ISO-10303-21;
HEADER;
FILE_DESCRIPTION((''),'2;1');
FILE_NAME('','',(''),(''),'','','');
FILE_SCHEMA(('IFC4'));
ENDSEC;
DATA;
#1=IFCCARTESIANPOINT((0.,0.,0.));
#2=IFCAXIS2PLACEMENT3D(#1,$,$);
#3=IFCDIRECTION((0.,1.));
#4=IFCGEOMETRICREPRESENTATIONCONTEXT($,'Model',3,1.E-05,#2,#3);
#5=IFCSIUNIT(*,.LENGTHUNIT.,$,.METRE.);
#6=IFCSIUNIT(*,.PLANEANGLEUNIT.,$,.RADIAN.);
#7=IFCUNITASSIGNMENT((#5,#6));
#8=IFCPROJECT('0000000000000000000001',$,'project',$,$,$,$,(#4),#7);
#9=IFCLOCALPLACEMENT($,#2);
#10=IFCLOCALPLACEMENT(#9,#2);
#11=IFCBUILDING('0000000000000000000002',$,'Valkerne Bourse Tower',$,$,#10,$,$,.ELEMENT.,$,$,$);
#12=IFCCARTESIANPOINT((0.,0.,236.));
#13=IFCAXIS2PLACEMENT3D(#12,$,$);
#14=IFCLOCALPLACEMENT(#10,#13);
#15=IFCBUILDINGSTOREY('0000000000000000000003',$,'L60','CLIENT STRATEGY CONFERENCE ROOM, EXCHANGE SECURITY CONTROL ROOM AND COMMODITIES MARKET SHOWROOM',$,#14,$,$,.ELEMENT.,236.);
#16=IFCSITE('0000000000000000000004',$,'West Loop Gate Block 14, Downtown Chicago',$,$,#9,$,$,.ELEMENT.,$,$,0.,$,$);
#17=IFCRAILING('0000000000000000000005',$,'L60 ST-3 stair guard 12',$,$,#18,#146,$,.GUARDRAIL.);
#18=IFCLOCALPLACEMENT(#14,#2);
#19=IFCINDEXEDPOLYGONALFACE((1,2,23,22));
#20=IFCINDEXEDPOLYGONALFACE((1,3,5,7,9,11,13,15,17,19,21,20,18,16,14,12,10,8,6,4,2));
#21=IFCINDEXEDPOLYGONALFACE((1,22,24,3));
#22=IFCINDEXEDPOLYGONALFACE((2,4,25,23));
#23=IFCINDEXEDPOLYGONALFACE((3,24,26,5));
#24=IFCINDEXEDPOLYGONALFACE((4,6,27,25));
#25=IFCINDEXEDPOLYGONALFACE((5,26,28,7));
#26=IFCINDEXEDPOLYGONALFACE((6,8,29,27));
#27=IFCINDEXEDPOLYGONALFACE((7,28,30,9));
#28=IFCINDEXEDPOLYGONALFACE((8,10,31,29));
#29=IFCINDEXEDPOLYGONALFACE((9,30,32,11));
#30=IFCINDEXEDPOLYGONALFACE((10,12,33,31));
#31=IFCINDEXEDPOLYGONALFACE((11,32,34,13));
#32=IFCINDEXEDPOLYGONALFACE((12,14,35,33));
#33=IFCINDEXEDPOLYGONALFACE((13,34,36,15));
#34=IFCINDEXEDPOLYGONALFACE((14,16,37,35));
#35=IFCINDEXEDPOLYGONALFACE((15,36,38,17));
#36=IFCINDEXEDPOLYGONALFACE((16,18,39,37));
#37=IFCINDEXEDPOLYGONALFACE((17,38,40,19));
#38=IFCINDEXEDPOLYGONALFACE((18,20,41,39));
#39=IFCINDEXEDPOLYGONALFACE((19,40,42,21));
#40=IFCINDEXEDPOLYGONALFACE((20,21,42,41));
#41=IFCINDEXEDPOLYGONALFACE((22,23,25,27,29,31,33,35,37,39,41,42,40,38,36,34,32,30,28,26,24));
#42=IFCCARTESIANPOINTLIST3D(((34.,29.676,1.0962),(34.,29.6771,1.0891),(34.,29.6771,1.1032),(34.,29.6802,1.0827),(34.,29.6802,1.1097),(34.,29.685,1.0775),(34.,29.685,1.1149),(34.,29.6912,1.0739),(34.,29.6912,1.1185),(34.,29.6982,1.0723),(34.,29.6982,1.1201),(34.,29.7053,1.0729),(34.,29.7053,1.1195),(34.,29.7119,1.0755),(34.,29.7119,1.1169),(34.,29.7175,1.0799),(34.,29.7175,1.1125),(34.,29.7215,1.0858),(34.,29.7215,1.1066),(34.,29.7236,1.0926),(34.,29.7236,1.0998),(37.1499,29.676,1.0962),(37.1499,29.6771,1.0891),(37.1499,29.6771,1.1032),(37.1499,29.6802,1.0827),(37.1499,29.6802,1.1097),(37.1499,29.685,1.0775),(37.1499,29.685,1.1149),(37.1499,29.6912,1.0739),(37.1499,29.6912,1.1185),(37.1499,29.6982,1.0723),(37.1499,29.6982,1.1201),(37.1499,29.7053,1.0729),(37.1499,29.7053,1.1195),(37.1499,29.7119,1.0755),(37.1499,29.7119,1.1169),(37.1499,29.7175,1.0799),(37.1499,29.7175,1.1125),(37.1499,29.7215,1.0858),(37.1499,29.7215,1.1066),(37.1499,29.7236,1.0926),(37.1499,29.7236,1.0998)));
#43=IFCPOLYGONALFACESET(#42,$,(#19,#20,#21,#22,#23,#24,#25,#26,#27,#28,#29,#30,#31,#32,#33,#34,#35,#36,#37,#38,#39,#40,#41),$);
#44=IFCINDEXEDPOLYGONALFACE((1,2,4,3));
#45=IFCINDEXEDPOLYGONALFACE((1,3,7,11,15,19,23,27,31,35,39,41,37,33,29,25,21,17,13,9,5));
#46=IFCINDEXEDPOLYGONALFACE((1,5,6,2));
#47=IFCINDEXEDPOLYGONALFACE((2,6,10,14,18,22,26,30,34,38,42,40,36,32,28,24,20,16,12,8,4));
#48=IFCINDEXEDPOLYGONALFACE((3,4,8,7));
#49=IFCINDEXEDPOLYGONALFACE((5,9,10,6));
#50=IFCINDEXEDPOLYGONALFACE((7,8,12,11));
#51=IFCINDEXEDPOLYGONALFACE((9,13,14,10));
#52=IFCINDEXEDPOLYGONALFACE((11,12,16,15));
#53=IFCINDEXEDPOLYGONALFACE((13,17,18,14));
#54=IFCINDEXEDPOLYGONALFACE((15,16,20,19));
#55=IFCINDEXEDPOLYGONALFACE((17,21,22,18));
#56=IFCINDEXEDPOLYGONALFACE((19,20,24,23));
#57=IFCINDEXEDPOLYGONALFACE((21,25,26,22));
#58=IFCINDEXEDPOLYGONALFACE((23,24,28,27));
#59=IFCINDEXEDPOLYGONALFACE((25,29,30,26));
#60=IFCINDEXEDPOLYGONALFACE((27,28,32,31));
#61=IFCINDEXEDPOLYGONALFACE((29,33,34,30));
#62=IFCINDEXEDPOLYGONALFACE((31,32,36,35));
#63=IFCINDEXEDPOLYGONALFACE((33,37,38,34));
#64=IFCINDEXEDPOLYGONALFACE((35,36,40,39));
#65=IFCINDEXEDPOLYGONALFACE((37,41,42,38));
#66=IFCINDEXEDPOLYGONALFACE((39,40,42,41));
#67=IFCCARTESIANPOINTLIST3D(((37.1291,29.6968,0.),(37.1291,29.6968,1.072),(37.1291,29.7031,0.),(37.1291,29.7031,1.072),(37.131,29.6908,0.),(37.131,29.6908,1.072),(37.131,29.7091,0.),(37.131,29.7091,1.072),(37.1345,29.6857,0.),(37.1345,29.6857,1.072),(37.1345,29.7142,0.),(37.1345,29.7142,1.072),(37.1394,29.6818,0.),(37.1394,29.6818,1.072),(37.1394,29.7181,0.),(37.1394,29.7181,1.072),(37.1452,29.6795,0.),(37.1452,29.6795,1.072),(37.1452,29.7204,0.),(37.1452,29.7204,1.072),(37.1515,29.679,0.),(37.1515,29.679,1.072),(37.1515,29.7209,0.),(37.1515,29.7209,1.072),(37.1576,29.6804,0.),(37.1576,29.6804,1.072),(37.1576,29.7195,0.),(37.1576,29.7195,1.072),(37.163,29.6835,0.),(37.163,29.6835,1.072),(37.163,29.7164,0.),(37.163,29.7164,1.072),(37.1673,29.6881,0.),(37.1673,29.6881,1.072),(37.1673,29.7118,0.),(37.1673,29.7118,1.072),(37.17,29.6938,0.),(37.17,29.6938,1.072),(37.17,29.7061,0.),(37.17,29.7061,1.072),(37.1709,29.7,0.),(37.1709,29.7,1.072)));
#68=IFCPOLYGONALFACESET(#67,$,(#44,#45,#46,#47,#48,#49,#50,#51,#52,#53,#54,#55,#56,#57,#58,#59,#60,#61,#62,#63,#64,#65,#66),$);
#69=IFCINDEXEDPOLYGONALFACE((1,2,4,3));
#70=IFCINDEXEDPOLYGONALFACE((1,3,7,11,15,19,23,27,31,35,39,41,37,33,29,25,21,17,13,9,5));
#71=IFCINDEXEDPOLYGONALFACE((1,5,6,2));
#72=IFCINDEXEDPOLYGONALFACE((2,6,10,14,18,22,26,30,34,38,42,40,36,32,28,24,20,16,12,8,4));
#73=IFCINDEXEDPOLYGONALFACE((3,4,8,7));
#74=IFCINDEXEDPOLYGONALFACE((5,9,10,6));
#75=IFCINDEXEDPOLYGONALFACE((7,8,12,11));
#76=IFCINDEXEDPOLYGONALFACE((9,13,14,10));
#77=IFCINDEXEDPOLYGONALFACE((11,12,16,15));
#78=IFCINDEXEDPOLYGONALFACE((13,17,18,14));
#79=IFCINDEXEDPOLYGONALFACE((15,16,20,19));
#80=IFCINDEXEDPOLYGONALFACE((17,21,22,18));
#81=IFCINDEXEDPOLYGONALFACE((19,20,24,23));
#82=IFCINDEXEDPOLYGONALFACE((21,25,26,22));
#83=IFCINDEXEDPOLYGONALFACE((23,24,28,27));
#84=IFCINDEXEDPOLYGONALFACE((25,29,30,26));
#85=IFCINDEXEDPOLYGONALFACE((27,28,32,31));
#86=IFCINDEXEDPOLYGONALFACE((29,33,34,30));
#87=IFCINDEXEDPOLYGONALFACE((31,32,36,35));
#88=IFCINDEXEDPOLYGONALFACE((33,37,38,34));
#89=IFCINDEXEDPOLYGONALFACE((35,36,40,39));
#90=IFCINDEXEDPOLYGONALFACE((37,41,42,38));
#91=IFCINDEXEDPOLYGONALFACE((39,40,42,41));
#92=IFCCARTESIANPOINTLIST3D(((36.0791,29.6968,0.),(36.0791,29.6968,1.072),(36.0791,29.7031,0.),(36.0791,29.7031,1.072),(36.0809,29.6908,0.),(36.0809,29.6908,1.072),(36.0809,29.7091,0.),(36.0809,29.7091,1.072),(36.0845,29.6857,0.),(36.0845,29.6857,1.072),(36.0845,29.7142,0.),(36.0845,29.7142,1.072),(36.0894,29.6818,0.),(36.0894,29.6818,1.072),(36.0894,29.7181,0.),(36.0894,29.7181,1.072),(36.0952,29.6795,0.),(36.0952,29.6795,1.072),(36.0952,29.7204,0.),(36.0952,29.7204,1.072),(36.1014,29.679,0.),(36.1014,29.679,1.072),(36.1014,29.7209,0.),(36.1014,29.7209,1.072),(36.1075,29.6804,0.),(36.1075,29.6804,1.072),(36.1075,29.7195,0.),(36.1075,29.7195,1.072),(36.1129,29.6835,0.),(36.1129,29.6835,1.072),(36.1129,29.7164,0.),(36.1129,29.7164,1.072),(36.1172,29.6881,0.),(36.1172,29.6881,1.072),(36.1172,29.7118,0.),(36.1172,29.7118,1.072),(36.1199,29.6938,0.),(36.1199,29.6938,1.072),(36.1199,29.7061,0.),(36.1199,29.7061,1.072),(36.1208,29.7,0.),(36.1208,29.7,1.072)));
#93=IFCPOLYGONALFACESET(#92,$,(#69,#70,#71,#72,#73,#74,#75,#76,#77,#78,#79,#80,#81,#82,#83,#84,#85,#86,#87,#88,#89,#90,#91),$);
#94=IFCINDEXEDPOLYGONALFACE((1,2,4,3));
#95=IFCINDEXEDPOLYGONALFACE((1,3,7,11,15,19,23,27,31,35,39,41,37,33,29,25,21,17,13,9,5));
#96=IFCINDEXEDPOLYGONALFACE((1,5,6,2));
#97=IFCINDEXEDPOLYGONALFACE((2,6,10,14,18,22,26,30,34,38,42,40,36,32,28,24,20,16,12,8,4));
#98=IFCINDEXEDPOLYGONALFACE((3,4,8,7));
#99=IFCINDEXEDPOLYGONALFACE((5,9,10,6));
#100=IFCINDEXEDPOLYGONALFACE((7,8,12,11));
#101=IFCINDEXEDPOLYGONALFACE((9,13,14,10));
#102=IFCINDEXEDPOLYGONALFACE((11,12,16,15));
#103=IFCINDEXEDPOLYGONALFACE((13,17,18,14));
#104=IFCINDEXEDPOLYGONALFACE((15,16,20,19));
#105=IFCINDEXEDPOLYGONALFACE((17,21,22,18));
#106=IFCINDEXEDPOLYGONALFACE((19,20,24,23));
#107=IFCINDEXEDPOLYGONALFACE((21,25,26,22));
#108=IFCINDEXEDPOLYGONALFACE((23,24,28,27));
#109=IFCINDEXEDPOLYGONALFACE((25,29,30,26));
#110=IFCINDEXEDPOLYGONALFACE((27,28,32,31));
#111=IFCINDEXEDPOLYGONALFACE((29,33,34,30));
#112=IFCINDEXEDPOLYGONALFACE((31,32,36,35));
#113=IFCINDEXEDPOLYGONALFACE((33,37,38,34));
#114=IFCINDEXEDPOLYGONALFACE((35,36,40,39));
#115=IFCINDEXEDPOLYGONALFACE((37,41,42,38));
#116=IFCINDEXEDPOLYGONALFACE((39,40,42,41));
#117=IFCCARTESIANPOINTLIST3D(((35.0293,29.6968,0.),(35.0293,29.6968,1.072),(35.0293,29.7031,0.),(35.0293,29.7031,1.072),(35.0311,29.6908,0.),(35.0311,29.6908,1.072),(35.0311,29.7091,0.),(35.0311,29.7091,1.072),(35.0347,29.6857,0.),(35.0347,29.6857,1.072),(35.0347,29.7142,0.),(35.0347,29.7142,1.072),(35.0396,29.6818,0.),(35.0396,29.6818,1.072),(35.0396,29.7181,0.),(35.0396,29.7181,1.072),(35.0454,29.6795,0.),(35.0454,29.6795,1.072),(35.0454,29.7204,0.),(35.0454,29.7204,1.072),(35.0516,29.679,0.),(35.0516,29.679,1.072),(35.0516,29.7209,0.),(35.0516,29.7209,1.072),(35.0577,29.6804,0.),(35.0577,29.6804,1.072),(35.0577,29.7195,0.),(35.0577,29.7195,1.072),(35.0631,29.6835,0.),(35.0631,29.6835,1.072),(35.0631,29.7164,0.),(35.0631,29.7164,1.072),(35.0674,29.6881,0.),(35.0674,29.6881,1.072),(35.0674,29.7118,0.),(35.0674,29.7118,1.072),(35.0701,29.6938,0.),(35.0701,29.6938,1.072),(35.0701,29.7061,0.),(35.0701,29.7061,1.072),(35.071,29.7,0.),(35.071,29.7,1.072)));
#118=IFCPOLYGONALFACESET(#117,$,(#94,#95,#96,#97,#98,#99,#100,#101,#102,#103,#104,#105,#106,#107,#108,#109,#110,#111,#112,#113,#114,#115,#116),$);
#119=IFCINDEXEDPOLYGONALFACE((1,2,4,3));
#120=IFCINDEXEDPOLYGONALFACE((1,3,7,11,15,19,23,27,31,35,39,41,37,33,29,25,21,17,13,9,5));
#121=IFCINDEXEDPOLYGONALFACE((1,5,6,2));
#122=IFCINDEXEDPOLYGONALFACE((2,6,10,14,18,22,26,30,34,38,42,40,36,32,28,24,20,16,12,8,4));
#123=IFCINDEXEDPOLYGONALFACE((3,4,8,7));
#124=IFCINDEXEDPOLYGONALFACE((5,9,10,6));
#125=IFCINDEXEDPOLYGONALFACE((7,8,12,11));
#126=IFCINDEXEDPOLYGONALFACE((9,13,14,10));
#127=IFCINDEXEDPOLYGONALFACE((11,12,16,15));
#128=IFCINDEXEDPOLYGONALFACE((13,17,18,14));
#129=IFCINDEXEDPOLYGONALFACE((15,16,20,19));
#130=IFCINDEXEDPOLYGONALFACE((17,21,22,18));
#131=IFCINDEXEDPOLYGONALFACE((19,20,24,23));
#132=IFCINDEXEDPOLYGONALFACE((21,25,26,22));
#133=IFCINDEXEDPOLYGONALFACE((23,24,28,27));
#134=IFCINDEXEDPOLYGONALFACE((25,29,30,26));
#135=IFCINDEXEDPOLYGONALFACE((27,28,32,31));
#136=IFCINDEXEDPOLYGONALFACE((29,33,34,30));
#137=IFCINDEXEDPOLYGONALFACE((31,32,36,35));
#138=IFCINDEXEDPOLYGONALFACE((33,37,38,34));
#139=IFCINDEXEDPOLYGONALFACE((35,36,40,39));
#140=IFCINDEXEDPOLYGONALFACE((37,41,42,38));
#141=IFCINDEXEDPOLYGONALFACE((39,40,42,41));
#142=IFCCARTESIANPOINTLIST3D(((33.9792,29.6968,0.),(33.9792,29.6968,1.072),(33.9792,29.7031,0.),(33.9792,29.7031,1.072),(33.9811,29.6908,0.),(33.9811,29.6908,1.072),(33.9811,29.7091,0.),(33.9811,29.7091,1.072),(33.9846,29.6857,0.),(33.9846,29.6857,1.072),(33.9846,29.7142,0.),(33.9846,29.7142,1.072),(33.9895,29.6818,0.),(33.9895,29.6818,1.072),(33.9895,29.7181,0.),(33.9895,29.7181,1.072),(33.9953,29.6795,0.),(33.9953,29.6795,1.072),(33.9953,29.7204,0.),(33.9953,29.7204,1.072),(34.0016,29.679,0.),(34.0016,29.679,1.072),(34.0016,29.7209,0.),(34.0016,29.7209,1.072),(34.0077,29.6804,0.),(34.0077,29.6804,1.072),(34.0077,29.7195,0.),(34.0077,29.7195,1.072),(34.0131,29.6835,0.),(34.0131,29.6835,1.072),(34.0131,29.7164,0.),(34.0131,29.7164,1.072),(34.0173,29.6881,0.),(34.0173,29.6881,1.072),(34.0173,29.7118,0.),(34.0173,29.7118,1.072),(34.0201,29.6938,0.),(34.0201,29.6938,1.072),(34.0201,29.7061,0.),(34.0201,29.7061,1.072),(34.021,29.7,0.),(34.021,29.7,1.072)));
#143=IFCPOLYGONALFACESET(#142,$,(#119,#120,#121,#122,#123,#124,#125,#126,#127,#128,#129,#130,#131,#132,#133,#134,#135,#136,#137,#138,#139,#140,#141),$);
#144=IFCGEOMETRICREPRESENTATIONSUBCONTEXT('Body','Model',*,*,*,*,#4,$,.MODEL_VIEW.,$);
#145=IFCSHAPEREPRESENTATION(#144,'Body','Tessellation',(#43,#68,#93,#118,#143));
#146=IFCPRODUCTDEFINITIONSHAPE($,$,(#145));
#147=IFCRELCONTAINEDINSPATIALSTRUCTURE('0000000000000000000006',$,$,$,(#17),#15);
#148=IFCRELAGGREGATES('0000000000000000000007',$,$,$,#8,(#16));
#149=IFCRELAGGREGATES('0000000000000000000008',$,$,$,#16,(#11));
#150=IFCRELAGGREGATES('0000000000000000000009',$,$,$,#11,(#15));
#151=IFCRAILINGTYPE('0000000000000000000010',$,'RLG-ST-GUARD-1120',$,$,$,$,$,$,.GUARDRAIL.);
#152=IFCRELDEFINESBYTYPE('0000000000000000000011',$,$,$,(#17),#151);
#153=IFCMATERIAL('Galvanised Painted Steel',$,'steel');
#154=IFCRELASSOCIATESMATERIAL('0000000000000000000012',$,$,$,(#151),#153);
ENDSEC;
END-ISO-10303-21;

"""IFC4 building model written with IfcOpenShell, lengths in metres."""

from ifc_helpers import new_model, si_unit, direction, frame, origin, origin_2d, place, context, subcontext, project, spatial, circle, extrude, material, type_object, element, save


model = new_model("IFC4")

# Units and contexts
model_context = context("Model", 3, precision=1e-05, world=origin(), true_north=direction((0.0, 1.0)))
body_context = subcontext(model_context, "Body", "Model", "MODEL_VIEW")
ifc_project = project(units=[si_unit("LENGTHUNIT", "METRE"), si_unit("PLANEANGLEUNIT", "RADIAN")], contexts=[model_context])

# Site, building, storey
site_placement = place(None, origin())
site = spatial("IfcSite", under=ifc_project, at=site_placement, Name="West Loop Gate Block 14, Downtown Chicago", CompositionType="ELEMENT", RefElevation=0.0)
building_placement = place(site_placement, origin())
building = spatial("IfcBuilding", under=site, at=building_placement, Name="Valkerne Bourse Tower", CompositionType="ELEMENT")
storey_placement = place(building_placement, frame((0.0, 0.0, 236.0)))
storey = spatial("IfcBuildingStorey", under=building, at=storey_placement, Name="L60", Description="CLIENT STRATEGY CONFERENCE ROOM, EXCHANGE SECURITY CONTROL ROOM AND COMMODITIES MARKET SHOWROOM", CompositionType="ELEMENT", Elevation=236.0)

# Shared definitions
ifc_material_1 = material(Name="Galvanised Painted Steel", Category="steel")

# Railing
railing_type = type_object("IfcRailingType", Name="RLG-ST-GUARD-1120", PredefinedType="GUARDRAIL", material=ifc_material_1)
railing_1_placement = place(storey_placement, frame((37.1499, 29.7, 0.0)))
element("IfcRailing", 1, at=railing_1_placement, inside=storey, type_object=railing_type, Name="L60 ST-3 stair guard 12", PredefinedType="GUARDRAIL", context=body_context, shape_type="SweptSolid", body=[
    extrude(circle(Radius=0.0239, at=origin_2d()), frame((0.0, 0.0, 1.0962), z_axis=(-1.0, 0.0, 0.0), x_axis=(0.0, -1.0, 0.0)), (0.0, 0.0, 1.0), 3.1499),
    extrude(circle(Radius=0.021, at=origin_2d()), origin(), (0.0, 0.0, 1.0), 1.072),
    extrude(circle(Radius=0.021, at=origin_2d()), frame((-1.05, 0.0, 0.0)), (0.0, 0.0, 1.0), 1.072),
    extrude(circle(Radius=0.021, at=origin_2d()), frame((-2.0999, 0.0, 0.0)), (0.0, 0.0, 1.0), 1.072),
    extrude(circle(Radius=0.021, at=origin_2d()), frame((-3.1499, 0.0, 0.0)), (0.0, 0.0, 1.0), 1.072),
])

save(model, "model.ifc")
